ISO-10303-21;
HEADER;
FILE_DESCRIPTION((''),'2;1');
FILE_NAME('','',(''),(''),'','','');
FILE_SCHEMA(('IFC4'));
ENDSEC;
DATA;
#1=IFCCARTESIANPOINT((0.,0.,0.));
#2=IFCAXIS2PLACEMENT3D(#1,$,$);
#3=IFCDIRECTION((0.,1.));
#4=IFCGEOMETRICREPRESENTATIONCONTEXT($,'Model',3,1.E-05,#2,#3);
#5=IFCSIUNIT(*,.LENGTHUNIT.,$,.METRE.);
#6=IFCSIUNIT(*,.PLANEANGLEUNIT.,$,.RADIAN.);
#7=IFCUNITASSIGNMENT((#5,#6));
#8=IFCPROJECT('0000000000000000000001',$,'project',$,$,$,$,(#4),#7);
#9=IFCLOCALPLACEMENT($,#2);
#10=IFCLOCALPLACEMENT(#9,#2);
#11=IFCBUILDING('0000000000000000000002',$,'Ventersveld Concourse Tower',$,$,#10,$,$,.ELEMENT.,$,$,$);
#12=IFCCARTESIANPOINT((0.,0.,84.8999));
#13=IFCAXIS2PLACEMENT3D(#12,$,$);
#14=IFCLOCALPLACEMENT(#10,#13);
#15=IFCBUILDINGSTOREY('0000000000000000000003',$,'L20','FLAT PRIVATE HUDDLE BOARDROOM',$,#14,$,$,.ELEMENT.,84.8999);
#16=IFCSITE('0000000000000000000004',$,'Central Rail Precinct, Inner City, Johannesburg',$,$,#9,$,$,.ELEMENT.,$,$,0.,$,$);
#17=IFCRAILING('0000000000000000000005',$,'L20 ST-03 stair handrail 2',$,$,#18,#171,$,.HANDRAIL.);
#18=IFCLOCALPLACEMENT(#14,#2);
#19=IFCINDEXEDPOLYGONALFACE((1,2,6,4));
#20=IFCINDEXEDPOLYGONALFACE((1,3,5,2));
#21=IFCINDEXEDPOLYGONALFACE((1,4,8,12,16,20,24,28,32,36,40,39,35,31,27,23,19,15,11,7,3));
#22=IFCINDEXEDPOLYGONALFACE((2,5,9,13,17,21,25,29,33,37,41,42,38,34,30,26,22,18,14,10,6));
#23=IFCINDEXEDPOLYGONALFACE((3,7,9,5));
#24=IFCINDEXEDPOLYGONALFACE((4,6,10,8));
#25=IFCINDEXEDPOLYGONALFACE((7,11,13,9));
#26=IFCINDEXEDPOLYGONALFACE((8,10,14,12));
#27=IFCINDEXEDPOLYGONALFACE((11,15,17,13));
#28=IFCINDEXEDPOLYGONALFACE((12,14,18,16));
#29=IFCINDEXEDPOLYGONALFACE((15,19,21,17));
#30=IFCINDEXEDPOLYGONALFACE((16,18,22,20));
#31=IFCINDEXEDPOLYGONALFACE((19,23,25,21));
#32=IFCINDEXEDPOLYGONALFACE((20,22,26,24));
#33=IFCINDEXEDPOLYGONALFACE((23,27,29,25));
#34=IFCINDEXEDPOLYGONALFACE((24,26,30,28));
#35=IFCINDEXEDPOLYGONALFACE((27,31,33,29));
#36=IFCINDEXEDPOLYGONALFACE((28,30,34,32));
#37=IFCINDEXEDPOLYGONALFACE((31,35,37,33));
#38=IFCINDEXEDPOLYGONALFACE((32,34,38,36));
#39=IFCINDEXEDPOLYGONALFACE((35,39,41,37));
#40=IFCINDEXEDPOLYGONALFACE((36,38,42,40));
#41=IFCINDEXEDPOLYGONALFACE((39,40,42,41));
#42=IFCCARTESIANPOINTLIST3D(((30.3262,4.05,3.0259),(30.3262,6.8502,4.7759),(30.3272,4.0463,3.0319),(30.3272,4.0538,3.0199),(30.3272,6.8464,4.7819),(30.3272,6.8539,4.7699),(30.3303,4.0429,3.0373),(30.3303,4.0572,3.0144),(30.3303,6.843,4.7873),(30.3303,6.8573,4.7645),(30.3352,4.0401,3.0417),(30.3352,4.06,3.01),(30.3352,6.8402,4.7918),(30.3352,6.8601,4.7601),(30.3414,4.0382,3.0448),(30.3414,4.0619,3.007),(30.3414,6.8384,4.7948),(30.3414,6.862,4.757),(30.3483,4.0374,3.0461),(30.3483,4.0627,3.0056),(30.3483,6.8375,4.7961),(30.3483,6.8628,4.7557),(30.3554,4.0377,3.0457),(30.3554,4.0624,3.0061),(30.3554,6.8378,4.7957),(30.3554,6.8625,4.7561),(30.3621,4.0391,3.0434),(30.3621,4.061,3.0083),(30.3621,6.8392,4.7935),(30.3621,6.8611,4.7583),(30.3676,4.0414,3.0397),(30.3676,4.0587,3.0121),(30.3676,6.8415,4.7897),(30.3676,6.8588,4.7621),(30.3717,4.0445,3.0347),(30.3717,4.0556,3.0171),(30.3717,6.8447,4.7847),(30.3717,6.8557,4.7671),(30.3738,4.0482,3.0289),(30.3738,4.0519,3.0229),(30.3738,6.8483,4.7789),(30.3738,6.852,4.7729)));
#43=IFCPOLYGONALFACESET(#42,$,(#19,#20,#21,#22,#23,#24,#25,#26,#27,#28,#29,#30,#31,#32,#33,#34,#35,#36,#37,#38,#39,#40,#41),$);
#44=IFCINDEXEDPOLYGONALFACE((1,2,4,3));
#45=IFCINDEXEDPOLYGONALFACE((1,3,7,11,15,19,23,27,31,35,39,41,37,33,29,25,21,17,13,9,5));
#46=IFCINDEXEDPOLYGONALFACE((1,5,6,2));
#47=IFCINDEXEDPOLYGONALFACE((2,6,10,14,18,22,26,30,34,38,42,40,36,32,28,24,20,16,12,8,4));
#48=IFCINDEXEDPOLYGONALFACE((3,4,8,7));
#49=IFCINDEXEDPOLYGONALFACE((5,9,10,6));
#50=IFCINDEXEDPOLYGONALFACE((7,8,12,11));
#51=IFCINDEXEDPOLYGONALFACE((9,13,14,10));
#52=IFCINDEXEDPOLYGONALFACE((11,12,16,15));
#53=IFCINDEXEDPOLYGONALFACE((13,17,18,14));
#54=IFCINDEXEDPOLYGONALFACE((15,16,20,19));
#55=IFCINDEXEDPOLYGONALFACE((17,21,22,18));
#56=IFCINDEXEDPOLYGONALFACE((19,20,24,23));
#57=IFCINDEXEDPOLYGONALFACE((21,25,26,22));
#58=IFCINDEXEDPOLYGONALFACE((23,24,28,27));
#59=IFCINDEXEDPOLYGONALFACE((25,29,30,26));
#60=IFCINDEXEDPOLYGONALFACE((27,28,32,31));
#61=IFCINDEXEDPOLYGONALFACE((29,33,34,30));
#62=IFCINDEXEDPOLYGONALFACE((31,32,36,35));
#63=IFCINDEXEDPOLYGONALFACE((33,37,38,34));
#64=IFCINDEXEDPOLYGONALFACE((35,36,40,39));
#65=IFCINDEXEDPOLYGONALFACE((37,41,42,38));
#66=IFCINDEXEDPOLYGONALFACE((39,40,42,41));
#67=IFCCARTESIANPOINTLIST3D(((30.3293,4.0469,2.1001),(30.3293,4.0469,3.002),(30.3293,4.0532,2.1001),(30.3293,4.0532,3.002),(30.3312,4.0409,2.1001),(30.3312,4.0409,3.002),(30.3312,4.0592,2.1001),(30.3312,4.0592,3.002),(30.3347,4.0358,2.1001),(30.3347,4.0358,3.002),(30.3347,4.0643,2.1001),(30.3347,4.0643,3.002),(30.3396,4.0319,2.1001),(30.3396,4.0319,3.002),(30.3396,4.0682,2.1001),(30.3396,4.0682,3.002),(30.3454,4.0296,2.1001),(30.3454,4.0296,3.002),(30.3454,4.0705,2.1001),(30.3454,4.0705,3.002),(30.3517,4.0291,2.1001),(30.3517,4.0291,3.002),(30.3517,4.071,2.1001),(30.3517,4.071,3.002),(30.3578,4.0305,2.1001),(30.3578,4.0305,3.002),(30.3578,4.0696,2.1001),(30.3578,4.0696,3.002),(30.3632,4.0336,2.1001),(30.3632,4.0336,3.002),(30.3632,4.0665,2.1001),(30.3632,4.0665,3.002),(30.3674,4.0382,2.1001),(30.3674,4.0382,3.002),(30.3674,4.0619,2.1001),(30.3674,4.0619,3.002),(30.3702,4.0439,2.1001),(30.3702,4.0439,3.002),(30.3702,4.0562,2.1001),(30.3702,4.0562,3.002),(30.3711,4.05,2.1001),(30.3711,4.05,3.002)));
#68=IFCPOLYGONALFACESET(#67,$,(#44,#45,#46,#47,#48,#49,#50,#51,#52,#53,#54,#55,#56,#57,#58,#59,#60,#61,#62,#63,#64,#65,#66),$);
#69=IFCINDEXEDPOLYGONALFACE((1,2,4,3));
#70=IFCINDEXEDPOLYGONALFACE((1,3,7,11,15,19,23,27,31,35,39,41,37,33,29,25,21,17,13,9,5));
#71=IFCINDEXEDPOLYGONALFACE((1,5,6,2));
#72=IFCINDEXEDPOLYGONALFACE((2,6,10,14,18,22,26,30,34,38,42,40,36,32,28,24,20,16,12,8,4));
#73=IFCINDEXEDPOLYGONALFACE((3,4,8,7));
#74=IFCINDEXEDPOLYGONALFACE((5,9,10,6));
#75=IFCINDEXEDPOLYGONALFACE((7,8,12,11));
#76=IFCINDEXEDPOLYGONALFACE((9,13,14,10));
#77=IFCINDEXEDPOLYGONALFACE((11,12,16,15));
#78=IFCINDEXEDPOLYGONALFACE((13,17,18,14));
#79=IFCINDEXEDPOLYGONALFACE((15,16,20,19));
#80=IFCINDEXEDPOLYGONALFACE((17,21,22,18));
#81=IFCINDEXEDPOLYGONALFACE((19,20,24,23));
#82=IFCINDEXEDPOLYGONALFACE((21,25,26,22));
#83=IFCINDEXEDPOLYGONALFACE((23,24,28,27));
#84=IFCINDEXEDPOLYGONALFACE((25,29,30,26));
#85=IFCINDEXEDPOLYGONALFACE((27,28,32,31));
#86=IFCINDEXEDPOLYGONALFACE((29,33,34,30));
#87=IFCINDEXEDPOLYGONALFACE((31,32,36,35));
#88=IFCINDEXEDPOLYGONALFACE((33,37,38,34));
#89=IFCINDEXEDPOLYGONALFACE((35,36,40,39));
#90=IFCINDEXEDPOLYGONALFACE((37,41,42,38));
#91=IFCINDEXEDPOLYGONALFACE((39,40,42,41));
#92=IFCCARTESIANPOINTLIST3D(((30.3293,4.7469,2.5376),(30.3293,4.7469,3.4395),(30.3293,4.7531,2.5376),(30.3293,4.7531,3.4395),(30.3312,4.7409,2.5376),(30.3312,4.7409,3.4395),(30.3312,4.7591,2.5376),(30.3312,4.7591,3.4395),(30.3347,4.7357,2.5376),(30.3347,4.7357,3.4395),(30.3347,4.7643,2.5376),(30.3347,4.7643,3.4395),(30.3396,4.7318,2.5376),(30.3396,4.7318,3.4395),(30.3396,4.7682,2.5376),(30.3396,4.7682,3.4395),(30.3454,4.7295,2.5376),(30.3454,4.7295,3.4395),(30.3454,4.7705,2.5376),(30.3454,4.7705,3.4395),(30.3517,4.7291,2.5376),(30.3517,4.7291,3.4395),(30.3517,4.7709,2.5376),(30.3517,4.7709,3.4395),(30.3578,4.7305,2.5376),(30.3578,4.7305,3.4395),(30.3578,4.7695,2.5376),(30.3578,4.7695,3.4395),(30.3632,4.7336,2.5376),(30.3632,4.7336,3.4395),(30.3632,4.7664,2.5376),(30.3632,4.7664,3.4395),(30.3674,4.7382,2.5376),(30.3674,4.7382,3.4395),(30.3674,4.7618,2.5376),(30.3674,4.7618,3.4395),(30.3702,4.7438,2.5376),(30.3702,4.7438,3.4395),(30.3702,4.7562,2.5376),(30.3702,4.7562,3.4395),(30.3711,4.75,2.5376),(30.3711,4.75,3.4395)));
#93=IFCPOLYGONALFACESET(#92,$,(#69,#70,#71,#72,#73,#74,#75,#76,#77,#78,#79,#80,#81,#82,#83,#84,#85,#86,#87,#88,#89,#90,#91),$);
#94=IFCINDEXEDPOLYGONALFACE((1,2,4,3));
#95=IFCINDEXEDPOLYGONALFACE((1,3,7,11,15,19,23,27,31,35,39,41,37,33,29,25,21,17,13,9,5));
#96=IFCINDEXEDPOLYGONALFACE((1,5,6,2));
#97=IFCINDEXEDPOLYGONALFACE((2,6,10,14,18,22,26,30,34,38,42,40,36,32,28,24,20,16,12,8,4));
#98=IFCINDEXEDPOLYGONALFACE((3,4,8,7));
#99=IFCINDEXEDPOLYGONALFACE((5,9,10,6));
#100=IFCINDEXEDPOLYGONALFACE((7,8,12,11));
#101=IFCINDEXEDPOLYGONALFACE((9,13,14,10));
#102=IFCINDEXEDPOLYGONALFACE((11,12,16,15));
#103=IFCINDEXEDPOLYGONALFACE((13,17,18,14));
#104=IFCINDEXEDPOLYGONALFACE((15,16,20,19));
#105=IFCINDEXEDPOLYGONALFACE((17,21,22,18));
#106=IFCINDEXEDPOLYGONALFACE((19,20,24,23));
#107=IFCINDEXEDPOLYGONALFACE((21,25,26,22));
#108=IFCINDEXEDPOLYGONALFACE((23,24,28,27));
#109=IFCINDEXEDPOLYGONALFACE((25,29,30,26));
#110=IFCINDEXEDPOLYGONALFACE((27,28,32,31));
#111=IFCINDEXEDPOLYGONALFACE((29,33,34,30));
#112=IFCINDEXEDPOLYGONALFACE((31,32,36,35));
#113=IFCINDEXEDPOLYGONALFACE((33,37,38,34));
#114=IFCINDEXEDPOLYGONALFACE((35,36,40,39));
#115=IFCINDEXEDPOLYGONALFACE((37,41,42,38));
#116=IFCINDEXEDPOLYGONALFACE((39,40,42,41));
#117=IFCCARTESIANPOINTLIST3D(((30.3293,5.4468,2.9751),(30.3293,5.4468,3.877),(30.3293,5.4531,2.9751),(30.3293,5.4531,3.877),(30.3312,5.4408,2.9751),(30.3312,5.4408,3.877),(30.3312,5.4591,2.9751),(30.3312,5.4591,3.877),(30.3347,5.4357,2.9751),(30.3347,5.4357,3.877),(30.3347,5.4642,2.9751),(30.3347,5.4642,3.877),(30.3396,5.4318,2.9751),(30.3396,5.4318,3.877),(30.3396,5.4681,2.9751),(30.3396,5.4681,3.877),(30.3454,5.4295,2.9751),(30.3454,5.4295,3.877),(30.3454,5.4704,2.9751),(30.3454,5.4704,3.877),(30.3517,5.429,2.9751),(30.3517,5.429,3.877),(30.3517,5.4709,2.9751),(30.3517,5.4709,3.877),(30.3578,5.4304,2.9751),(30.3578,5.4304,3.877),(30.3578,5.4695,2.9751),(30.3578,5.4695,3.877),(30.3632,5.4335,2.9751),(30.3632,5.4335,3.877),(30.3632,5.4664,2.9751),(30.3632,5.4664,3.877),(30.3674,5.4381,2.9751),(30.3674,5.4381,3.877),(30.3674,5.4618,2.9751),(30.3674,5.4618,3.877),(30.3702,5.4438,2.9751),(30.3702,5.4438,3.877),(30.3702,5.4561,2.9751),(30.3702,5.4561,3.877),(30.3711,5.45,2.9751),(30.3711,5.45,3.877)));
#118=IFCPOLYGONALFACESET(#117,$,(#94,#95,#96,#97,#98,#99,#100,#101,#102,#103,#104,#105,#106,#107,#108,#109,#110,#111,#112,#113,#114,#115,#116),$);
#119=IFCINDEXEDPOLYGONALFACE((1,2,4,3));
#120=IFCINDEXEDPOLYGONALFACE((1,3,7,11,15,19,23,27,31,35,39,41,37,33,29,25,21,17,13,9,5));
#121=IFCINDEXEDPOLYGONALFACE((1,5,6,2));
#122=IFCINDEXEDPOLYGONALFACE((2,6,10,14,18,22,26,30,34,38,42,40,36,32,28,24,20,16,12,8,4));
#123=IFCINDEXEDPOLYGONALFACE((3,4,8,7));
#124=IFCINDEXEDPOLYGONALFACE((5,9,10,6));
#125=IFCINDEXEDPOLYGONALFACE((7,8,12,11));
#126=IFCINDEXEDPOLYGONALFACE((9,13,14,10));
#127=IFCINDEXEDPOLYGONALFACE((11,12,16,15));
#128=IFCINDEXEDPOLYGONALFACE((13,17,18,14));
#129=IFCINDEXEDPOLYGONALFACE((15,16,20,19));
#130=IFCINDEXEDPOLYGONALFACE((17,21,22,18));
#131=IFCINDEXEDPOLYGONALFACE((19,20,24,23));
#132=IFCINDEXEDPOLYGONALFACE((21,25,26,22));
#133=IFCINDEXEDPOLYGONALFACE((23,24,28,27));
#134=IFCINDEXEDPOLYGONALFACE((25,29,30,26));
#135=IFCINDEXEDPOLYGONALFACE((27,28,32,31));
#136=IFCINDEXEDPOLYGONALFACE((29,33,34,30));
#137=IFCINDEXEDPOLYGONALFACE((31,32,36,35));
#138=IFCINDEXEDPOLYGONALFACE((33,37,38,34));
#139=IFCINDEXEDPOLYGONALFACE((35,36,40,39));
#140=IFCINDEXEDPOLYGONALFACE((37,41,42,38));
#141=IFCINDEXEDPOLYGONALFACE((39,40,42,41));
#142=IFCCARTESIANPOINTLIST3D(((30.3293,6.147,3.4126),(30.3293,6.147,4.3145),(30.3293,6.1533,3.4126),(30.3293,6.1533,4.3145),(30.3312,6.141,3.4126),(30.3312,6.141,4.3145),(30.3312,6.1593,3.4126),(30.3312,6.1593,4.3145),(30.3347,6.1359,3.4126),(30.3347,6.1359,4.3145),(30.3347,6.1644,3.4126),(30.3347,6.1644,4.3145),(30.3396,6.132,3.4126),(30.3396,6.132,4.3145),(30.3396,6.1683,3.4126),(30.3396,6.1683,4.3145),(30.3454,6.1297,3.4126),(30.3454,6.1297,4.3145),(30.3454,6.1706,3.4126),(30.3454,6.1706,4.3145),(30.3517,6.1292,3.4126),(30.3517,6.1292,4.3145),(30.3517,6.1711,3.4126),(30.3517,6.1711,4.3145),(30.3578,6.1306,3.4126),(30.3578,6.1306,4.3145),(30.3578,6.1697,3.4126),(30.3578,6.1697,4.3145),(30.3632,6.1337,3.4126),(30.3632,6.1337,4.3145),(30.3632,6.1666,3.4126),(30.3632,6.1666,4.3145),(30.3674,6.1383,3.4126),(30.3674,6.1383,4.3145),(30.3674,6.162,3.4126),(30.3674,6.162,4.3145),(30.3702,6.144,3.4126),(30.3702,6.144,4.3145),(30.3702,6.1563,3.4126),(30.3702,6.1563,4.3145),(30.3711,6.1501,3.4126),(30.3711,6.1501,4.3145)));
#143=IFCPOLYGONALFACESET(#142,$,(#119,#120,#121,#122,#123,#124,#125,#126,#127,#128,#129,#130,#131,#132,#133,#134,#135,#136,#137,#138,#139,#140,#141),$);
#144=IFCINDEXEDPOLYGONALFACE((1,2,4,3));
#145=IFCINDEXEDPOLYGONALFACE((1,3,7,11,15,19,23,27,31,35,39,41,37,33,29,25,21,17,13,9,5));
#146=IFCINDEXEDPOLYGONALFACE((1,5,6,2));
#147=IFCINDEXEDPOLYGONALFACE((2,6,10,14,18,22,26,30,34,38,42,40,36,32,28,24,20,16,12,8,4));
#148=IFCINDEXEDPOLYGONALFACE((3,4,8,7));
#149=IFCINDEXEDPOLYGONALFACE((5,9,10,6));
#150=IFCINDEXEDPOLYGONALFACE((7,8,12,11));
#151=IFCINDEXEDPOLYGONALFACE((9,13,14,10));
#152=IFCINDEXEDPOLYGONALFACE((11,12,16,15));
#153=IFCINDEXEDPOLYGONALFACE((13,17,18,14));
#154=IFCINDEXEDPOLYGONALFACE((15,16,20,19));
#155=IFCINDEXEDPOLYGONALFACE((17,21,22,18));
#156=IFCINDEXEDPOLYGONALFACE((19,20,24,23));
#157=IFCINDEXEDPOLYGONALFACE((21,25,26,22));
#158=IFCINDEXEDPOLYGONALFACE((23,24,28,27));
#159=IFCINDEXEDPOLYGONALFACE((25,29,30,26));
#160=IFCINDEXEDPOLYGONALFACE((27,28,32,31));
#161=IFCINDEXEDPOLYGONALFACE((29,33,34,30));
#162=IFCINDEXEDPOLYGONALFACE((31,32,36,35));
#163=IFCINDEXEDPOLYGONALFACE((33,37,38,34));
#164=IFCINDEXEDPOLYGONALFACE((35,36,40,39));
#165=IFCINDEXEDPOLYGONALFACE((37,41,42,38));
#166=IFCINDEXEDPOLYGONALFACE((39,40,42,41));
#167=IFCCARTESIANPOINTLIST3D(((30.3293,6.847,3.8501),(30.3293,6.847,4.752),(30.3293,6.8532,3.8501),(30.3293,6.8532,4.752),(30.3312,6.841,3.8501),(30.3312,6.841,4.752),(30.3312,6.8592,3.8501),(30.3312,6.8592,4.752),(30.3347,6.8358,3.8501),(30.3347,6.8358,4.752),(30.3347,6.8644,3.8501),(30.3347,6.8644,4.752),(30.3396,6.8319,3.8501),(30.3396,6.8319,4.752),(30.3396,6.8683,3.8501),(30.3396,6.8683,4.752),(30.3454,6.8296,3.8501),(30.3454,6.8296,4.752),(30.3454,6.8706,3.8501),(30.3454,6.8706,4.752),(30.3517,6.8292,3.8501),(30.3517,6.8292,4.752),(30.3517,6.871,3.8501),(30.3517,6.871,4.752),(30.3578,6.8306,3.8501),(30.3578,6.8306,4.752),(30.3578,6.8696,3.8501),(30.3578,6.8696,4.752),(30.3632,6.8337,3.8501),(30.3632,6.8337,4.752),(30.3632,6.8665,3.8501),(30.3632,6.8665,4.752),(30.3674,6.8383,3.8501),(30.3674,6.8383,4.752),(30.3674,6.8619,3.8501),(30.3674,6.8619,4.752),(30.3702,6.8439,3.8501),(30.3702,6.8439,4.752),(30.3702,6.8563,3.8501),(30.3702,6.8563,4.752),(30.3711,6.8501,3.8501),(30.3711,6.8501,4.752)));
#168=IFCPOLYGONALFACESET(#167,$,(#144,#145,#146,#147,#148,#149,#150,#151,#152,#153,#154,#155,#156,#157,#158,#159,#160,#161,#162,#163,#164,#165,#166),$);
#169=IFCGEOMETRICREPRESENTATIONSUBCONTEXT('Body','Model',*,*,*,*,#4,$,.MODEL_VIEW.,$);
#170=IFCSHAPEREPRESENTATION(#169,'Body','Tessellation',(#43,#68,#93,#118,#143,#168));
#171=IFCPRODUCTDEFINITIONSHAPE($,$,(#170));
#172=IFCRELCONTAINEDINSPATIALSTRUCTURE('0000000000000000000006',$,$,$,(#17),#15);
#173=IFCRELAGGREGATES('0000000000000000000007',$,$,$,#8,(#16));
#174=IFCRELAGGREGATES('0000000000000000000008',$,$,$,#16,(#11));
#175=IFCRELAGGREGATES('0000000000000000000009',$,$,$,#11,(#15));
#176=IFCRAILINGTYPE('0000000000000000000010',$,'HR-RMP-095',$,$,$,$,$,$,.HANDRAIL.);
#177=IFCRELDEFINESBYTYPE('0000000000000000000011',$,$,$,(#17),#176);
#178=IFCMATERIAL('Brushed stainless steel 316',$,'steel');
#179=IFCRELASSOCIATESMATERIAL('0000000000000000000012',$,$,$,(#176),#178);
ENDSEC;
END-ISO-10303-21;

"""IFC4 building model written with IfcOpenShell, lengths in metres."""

from ifc_helpers import new_model, si_unit, direction, frame, origin, origin_2d, place, context, subcontext, project, spatial, circle, extrude, material, type_object, element, save


model = new_model("IFC4")

# Units and contexts
model_context = context("Model", 3, precision=1e-05, world=origin(), true_north=direction((0.0, 1.0)))
body_context = subcontext(model_context, "Body", "Model", "MODEL_VIEW")
ifc_project = project(units=[si_unit("LENGTHUNIT", "METRE"), si_unit("PLANEANGLEUNIT", "RADIAN")], contexts=[model_context])

# Site, building, storey
site_placement = place(None, origin())
site = spatial("IfcSite", under=ifc_project, at=site_placement, Name="Central Rail Precinct, Inner City, Johannesburg", CompositionType="ELEMENT", RefElevation=0.0)
building_placement = place(site_placement, origin())
building = spatial("IfcBuilding", under=site, at=building_placement, Name="Ventersveld Concourse Tower", CompositionType="ELEMENT")
storey_placement = place(building_placement, frame((0.0, 0.0, 84.8999)))
storey = spatial("IfcBuildingStorey", under=building, at=storey_placement, Name="L20", Description="FLAT PRIVATE HUDDLE BOARDROOM", CompositionType="ELEMENT", Elevation=84.8999)

# Railing
ifc_material_1 = material(Name="Brushed stainless steel 316", Category="steel")
railing_type_1 = type_object("IfcRailingType", Name="HR-RMP-095", PredefinedType="HANDRAIL", material=ifc_material_1)
railing_1_placement = place(storey_placement, frame((30.3501, 4.05, 2.1001)))
element("IfcRailing", 1, at=railing_1_placement, inside=storey, type_object=railing_type_1, Name="L20 ST-03 stair handrail 2", PredefinedType="HANDRAIL", context=body_context, shape_type="SweptSolid", body=[
    extrude(circle(Radius=0.0239, at=origin_2d()), frame((0.0, 0.0, 0.9258), z_axis=(0.0, 0.848002, 0.529992), x_axis=(-1.0, 0.0, 0.0)), (0.0, 0.0, 1.0), 3.302),
    extrude(circle(Radius=0.021, at=origin_2d()), origin(), (0.0, 0.0, 1.0), 0.9019),
    extrude(circle(Radius=0.021, at=origin_2d()), frame((0.0, 0.7, 0.4375)), (0.0, 0.0, 1.0), 0.9019),
    extrude(circle(Radius=0.021, at=origin_2d()), frame((0.0, 1.3999, 0.875)), (0.0, 0.0, 1.0), 0.9019),
    extrude(circle(Radius=0.021, at=origin_2d()), frame((0.0, 2.1001, 1.3125)), (0.0, 0.0, 1.0), 0.9019),
    extrude(circle(Radius=0.021, at=origin_2d()), frame((0.0, 2.8, 1.75)), (0.0, 0.0, 1.0), 0.9019),
])

save(model, "model.ifc")
